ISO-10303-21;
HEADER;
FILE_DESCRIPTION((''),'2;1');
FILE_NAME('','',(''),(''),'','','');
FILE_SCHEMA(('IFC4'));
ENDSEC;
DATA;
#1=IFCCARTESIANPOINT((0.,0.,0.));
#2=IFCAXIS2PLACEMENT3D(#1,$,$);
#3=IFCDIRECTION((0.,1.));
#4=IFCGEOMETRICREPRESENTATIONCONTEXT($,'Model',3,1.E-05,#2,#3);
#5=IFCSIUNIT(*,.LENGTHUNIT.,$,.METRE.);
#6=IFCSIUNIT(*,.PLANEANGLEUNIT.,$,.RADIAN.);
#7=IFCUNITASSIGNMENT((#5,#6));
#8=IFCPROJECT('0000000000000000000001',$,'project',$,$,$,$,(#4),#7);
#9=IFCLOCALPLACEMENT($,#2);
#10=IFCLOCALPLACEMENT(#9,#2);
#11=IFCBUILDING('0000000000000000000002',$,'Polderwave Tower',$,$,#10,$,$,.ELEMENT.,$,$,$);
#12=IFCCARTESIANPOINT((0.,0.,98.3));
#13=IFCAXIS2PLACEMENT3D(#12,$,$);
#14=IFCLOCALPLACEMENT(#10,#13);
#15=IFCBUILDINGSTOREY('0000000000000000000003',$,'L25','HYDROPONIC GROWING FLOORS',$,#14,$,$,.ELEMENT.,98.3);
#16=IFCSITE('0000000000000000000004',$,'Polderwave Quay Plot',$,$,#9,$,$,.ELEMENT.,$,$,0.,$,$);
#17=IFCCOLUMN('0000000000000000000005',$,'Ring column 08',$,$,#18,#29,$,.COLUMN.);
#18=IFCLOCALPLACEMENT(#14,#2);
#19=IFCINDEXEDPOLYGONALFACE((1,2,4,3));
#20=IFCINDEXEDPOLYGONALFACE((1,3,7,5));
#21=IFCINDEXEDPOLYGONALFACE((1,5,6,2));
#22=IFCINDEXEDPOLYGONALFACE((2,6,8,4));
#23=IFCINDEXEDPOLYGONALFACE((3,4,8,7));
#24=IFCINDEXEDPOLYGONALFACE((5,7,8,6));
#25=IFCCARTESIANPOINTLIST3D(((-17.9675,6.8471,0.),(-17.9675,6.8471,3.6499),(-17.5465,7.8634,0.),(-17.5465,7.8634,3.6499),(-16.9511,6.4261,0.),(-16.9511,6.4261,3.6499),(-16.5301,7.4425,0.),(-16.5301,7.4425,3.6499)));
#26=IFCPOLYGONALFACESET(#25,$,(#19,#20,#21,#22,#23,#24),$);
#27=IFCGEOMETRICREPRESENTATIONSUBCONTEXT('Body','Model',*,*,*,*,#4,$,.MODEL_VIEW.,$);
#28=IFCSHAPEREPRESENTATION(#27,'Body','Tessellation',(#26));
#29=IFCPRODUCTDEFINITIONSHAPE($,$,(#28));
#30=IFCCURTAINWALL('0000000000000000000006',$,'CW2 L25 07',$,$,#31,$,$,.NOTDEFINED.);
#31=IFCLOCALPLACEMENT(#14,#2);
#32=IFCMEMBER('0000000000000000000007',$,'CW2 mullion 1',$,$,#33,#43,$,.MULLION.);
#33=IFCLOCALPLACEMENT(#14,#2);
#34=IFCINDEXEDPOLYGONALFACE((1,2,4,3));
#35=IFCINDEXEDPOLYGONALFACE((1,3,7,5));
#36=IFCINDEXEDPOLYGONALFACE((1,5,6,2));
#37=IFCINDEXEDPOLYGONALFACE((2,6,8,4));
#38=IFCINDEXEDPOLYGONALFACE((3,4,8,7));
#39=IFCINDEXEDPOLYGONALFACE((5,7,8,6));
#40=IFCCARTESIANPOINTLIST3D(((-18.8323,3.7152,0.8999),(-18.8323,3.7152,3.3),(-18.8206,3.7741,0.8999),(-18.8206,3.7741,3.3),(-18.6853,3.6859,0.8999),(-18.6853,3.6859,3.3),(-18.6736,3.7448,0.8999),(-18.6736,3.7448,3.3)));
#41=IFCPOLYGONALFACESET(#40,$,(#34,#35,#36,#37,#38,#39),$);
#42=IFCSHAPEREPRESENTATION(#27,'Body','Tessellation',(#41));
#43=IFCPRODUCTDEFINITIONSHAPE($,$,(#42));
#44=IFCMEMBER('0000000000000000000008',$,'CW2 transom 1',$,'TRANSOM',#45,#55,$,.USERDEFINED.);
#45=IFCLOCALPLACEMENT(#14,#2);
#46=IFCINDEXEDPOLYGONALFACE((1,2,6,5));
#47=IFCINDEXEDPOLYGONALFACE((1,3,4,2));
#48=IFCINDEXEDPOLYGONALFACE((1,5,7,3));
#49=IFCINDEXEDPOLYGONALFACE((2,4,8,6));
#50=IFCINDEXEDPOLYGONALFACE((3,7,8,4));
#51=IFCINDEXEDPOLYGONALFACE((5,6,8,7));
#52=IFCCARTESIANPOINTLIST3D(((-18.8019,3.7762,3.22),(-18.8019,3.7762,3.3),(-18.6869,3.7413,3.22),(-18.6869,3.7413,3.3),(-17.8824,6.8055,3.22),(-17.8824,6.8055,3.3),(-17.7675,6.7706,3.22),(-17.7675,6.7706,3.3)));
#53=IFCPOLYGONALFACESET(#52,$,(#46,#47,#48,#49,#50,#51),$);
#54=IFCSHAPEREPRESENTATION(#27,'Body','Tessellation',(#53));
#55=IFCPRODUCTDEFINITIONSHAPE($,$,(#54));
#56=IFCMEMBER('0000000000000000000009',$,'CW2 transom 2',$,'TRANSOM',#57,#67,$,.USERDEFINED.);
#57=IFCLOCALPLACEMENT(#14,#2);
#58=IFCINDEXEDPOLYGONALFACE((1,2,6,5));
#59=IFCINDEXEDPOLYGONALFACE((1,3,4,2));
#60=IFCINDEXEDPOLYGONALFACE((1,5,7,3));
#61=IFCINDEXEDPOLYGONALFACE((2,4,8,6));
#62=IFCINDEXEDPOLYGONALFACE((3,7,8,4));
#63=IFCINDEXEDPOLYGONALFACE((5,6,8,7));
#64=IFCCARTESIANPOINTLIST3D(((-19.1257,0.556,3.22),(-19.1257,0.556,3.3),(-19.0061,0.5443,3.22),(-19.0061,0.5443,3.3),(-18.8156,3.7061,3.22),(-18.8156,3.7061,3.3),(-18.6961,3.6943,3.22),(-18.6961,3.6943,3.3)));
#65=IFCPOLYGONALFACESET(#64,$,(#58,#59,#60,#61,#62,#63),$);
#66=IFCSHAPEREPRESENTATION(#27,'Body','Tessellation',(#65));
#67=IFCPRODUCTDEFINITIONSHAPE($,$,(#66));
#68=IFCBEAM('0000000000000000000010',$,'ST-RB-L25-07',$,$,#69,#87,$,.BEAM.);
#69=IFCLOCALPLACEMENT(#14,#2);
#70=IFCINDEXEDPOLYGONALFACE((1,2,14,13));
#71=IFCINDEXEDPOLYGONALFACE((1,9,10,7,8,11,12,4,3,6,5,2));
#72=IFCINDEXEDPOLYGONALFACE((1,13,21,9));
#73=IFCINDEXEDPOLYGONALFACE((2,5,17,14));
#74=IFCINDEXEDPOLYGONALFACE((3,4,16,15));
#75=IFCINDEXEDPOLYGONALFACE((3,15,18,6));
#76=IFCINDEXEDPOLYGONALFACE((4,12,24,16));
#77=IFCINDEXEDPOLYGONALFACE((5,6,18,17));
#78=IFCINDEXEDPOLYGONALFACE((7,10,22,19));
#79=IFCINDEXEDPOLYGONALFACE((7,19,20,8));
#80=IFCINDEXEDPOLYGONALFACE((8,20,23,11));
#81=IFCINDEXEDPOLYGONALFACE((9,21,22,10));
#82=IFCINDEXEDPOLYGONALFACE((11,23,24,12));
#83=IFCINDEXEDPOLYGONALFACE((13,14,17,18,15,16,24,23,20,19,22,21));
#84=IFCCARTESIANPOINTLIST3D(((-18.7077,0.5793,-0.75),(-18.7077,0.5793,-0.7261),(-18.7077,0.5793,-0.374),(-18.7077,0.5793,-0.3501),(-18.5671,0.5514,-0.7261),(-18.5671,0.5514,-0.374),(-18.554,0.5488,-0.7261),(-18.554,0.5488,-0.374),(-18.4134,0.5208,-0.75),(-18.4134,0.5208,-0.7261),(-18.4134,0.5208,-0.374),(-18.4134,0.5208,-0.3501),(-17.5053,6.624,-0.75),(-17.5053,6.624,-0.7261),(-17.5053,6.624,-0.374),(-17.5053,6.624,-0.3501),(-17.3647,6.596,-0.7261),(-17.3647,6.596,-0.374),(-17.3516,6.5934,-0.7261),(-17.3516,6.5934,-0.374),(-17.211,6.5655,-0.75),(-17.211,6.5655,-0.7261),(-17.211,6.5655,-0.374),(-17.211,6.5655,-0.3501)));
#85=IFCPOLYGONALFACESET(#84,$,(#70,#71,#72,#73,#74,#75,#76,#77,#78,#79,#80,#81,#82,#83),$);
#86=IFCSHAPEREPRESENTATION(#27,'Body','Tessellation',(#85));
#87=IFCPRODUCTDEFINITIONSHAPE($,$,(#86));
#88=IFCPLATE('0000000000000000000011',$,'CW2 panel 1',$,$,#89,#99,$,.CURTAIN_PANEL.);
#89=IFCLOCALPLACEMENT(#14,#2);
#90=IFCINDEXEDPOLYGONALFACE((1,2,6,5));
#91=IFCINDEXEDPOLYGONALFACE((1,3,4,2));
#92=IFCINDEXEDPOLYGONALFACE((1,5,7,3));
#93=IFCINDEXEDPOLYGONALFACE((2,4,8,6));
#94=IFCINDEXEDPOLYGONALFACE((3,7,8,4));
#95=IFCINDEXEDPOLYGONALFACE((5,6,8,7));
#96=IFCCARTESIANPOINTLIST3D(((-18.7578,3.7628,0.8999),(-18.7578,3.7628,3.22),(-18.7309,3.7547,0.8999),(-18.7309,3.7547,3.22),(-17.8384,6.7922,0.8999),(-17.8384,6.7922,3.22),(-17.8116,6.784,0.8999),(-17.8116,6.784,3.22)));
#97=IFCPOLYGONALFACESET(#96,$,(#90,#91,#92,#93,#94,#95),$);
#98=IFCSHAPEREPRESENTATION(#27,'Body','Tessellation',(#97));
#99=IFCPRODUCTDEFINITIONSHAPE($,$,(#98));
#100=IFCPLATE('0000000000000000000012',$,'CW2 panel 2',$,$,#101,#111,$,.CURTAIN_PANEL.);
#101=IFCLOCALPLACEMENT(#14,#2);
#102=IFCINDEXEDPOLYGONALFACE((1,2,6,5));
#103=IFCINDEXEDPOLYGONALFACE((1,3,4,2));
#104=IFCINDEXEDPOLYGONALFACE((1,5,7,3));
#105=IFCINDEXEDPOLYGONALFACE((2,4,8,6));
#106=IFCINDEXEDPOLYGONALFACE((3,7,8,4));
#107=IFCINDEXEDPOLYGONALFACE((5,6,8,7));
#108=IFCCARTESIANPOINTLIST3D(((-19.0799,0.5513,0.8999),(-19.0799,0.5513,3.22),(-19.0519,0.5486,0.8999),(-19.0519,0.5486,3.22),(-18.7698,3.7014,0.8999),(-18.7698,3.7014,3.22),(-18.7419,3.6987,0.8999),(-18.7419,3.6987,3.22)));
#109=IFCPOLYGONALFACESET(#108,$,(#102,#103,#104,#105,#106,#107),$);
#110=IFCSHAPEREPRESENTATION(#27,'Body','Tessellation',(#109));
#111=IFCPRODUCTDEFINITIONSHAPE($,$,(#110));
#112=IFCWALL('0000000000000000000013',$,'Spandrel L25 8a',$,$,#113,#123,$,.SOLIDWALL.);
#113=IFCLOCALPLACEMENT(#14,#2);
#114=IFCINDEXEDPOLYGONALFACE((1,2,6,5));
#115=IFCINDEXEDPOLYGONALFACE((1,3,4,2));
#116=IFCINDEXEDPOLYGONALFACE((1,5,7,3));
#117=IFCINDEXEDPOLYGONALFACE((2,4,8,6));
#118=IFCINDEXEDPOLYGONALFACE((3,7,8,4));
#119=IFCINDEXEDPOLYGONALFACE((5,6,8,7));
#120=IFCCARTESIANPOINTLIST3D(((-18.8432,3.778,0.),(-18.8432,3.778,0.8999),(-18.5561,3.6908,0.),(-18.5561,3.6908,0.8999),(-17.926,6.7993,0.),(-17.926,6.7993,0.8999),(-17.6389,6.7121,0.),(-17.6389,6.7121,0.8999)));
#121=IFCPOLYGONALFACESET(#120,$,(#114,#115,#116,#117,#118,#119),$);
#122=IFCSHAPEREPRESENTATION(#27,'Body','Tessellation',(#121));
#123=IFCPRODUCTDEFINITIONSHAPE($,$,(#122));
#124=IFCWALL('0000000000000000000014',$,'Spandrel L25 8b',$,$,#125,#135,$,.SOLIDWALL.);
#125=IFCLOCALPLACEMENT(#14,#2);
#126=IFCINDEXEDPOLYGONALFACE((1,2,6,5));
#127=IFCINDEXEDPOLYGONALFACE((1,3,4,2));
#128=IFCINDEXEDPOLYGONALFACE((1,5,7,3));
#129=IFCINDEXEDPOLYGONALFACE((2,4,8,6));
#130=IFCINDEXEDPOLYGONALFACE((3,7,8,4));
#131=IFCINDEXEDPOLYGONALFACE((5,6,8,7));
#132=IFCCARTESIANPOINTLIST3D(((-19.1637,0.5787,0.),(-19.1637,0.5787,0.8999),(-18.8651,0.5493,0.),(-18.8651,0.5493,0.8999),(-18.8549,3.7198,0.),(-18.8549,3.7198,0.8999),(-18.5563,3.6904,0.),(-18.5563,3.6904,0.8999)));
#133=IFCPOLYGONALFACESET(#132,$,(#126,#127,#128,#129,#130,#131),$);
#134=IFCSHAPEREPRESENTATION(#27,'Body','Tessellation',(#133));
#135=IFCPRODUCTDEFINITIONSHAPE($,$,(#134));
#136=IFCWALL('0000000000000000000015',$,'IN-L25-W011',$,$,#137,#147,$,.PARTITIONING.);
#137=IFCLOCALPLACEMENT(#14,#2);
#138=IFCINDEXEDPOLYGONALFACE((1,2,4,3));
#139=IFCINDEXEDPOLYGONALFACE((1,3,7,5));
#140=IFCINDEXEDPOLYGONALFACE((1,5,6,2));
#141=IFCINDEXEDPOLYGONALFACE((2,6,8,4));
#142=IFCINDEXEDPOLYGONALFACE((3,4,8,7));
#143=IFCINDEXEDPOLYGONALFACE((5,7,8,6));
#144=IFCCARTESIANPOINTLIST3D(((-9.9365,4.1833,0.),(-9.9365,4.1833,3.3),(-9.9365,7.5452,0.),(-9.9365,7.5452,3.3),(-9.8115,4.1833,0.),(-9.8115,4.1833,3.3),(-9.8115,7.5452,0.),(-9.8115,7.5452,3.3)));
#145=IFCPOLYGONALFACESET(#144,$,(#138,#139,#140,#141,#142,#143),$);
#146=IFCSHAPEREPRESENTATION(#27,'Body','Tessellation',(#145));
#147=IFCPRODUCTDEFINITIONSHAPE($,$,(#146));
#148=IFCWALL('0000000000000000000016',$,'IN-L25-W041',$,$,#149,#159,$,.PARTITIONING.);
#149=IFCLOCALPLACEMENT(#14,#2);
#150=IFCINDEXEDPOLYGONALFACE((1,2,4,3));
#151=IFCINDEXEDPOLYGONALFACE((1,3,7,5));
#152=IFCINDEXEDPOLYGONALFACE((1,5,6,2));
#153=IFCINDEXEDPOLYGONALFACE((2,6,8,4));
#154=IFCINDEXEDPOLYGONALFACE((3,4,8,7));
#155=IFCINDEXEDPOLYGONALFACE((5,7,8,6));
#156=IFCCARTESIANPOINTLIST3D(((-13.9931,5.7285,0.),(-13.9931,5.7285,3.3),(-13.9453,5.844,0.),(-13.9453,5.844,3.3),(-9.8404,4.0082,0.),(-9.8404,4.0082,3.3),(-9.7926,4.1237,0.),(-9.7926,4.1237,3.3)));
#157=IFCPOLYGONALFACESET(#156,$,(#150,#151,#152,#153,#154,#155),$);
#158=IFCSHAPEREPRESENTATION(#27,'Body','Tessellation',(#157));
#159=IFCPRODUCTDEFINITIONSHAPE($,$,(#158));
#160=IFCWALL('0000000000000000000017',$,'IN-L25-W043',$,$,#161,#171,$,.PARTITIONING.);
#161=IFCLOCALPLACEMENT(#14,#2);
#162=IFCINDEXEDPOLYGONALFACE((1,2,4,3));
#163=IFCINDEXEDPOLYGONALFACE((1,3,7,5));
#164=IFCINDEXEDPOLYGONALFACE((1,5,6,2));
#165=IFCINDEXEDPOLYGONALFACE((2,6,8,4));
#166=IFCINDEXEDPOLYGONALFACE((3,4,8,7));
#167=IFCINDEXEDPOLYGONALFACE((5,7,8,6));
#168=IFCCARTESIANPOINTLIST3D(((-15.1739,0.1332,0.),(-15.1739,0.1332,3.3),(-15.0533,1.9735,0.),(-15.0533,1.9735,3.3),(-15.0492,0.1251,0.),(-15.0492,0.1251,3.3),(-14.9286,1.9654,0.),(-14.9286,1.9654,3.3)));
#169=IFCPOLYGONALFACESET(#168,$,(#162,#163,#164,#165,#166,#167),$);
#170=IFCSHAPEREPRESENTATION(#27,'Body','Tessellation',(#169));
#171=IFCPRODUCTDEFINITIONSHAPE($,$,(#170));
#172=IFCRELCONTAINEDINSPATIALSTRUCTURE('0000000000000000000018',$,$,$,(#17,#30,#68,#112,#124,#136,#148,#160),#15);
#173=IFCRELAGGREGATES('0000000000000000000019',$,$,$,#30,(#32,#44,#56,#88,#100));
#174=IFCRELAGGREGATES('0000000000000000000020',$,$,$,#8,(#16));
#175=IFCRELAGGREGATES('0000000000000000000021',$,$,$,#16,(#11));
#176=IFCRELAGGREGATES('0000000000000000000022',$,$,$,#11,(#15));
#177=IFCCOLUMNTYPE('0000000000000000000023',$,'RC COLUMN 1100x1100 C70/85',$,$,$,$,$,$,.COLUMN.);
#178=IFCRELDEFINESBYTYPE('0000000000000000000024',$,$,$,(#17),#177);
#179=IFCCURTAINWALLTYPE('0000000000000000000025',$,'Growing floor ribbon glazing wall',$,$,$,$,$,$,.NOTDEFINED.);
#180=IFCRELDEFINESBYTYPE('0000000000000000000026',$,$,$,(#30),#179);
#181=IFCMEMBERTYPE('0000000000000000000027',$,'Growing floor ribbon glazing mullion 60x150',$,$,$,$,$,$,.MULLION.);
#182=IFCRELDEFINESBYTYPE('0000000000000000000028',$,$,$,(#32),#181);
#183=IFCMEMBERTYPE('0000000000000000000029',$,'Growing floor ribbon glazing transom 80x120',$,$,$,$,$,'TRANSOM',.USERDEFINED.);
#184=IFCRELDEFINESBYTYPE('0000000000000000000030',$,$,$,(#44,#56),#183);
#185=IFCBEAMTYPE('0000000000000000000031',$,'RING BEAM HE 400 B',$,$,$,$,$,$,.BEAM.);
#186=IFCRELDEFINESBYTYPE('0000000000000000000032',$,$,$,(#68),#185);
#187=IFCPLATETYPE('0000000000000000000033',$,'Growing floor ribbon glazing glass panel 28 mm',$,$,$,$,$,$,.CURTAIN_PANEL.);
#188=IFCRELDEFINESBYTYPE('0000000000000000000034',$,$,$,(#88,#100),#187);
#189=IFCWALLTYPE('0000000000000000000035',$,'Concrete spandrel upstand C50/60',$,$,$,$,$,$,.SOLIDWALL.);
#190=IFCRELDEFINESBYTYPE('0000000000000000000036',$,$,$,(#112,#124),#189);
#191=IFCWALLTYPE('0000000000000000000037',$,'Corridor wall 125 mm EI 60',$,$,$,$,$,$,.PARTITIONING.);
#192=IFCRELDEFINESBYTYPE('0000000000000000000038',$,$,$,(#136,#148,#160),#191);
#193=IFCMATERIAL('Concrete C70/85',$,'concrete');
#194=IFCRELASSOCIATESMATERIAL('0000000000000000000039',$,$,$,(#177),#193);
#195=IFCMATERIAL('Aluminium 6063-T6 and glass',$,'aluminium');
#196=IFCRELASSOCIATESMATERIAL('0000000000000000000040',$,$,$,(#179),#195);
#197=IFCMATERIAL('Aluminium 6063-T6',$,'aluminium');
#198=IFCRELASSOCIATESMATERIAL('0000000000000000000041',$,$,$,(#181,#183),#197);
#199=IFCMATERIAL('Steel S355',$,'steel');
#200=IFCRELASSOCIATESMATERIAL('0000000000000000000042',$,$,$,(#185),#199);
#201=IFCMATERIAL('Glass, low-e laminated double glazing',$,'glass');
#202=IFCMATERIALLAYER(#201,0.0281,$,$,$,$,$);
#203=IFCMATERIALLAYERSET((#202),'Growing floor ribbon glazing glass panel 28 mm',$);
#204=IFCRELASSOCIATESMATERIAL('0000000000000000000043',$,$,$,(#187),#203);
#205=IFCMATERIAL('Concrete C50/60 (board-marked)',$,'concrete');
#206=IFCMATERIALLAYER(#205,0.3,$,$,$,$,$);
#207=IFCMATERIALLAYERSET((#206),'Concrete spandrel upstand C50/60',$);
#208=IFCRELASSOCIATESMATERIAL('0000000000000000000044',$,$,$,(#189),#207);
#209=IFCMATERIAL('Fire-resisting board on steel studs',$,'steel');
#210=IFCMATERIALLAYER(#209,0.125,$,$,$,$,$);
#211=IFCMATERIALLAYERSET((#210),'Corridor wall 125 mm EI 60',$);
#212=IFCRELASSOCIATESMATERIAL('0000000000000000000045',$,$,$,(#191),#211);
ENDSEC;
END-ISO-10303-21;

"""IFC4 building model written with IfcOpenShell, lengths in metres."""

from ifc_helpers import new_model, si_unit, direction, frame, frame_2d, origin, origin_2d, place, context, subcontext, project, spatial, rectangle, i_section, extrude, material, layer, layer_set, material_profile, profile_set, type_object, element, aggregate, save


model = new_model("IFC4")

# Units and contexts
model_context = context("Model", 3, precision=1e-05, world=origin(), true_north=direction((0.0, 1.0)))
body_context = subcontext(model_context, "Body", "Model", "MODEL_VIEW")
ifc_project = project(units=[si_unit("LENGTHUNIT", "METRE"), si_unit("PLANEANGLEUNIT", "RADIAN")], contexts=[model_context])

# Site, building, storey
site_placement = place(None, origin())
site = spatial("IfcSite", under=ifc_project, at=site_placement, Name="Polderwave Quay Plot", CompositionType="ELEMENT", RefElevation=0.0)
building_placement = place(site_placement, origin())
building = spatial("IfcBuilding", under=site, at=building_placement, Name="Polderwave Tower", CompositionType="ELEMENT")
storey_placement = place(building_placement, frame((0.0, 0.0, 98.3)))
storey = spatial("IfcBuildingStorey", under=building, at=storey_placement, Name="L25", Description="HYDROPONIC GROWING FLOORS", CompositionType="ELEMENT", Elevation=98.3)

# Column
ifc_material_1 = material(Name="Concrete C70/85", Category="concrete")
ifc_material_profile_1 = material_profile(ifc_material_1, rectangle(XDim=1.1001, YDim=1.1001, at=origin_2d()), Name="RC 1100x1100")
ifc_profile_set_1 = profile_set([ifc_material_profile_1], Name="Concrete C70/85")
column_type = type_object("IfcColumnType", Name="RC COLUMN 1100x1100 C70/85", PredefinedType="COLUMN", material=ifc_profile_set_1)
column_placement = place(storey_placement, frame((-17.2488, 7.1448, 0.0), z_axis=(0.0, 0.0, 1.0), x_axis=(-0.92388, 0.382683, 0.0)))
element("IfcColumn", 1, at=column_placement, inside=storey, type_object=column_type, Name="Ring column 08", PredefinedType="COLUMN", context=body_context, shape_type="SweptSolid", body=[
    extrude(rectangle(XDim=1.1001, YDim=1.1001, at=origin_2d()), origin(), (0.0, 0.0, 1.0), 3.6499),
])

# Curtain wall, members
ifc_material_2 = material(Name="Aluminium 6063-T6 and glass", Category="aluminium")
curtain_wall_type = type_object("IfcCurtainWallType", Name="Growing floor ribbon glazing wall", PredefinedType="NOTDEFINED", material=ifc_material_2)
curtain_wall_placement = place(storey_placement, origin())
curtain_wall = element("IfcCurtainWall", 2, at=curtain_wall_placement, inside=storey, type_object=curtain_wall_type, Name="CW2 L25 07", PredefinedType="NOTDEFINED")
ifc_material_3 = material(Name="Aluminium 6063-T6", Category="aluminium")
ifc_material_profile_2 = material_profile(ifc_material_3, rectangle(XDim=0.1499, YDim=0.0601, at=origin_2d()), Name="AL 60x150")
ifc_profile_set_2 = profile_set([ifc_material_profile_2], Name="Aluminium 6063-T6")
member_type_1 = type_object("IfcMemberType", Name="Growing floor ribbon glazing mullion 60x150", PredefinedType="MULLION", material=ifc_profile_set_2)
member_1_placement = place(storey_placement, frame((-18.7529, 3.73, 0.8999), z_axis=(0.0, 0.0, 1.0), x_axis=(0.980781, -0.195113, 0.0)))
member_1 = element("IfcMember", 3, at=member_1_placement, type_object=member_type_1, Name="CW2 mullion 1", PredefinedType="MULLION", context=body_context, shape_type="SweptSolid", body=[
    extrude(rectangle(XDim=0.1499, YDim=0.0601, at=origin_2d()), origin(), (0.0, 0.0, 1.0), 2.4001),
])
ifc_material_profile_3 = material_profile(ifc_material_3, rectangle(XDim=0.1201, YDim=0.0801, at=origin_2d()), Name="AL 80x120")
ifc_profile_set_3 = profile_set([ifc_material_profile_3], Name="Aluminium 6063-T6")
member_type_2 = type_object("IfcMemberType", Name="Growing floor ribbon glazing transom 80x120", ElementType="TRANSOM", PredefinedType="USERDEFINED", material=ifc_profile_set_3)
member_2_placement = place(storey_placement, frame((-17.825, 6.7881, 3.26), z_axis=(-0.290431, -0.956896, 0.0), x_axis=(0.956896, -0.290431, 0.0)))
member_2 = element("IfcMember", 4, at=member_2_placement, type_object=member_type_2, Name="CW2 transom 1", ObjectType="TRANSOM", PredefinedType="USERDEFINED", context=body_context, shape_type="SweptSolid", body=[
    extrude(rectangle(XDim=0.1201, YDim=0.0801, at=origin_2d()), origin(), (0.0, 0.0, 1.0), 3.1658),
])
member_3_placement = place(storey_placement, frame((-18.7559, 3.7002, 3.26), z_axis=(-0.097953, -0.995191, 0.0), x_axis=(0.995191, -0.097953, 0.0)))
member_3 = element("IfcMember", 5, at=member_3_placement, type_object=member_type_2, Name="CW2 transom 2", ObjectType="TRANSOM", PredefinedType="USERDEFINED", context=body_context, shape_type="SweptSolid", body=[
    extrude(rectangle(XDim=0.1201, YDim=0.0801, at=origin_2d()), origin(), (0.0, 0.0, 1.0), 3.1653),
])

# Beam
ifc_material_4 = material(Name="Steel S355", Category="steel")
ifc_material_profile_4 = material_profile(ifc_material_4, i_section(OverallWidth=0.3, OverallDepth=0.3999, WebThickness=0.0134, FlangeThickness=0.0239, at=origin_2d()), Name="HE 400 B")
ifc_profile_set_4 = profile_set([ifc_material_profile_4], Name="Steel S355")
beam_type = type_object("IfcBeamType", Name="RING BEAM HE 400 B", PredefinedType="BEAM", material=ifc_profile_set_4)
beam_placement = place(storey_placement, frame((-17.3582, 6.5947, -0.55), z_axis=(-0.195095, -0.980784, 0.0), x_axis=(0.980784, -0.195095, 0.0)))
element("IfcBeam", 6, at=beam_placement, inside=storey, type_object=beam_type, Name="ST-RB-L25-07", PredefinedType="BEAM", context=body_context, shape_type="SweptSolid", body=[
    extrude(i_section(OverallWidth=0.3, OverallDepth=0.3999, WebThickness=0.0134, FlangeThickness=0.0239, at=origin_2d()), origin(), (0.0, 0.0, 1.0), 6.1631),
])

# Plates
ifc_material_5 = material(Name="Glass, low-e laminated double glazing", Category="glass")
ifc_layer_1 = layer(ifc_material_5, 0.0281)
ifc_layer_set_1 = layer_set([ifc_layer_1], Name="Growing floor ribbon glazing glass panel 28 mm")
plate_type = type_object("IfcPlateType", Name="Growing floor ribbon glazing glass panel 28 mm", PredefinedType="CURTAIN_PANEL", material=ifc_layer_set_1)
plate_1_placement = place(storey_placement, frame((-18.2847, 5.2734, 0.8999), z_axis=(0.0, 0.0, 1.0), x_axis=(-0.29039, -0.956908, 0.0)))
plate_1 = element("IfcPlate", 7, at=plate_1_placement, type_object=plate_type, Name="CW2 panel 1", PredefinedType="CURTAIN_PANEL", context=body_context, shape_type="SweptSolid", body=[
    extrude(rectangle(XDim=3.1658, YDim=0.0281, at=origin_2d()), origin(), (0.0, 0.0, 1.0), 2.3201),
])
plate_2_placement = place(storey_placement, frame((-18.9109, 2.125, 0.8999), z_axis=(0.0, 0.0, 1.0), x_axis=(-0.097955, -0.995191, 0.0)))
plate_2 = element("IfcPlate", 8, at=plate_2_placement, type_object=plate_type, Name="CW2 panel 2", PredefinedType="CURTAIN_PANEL", context=body_context, shape_type="SweptSolid", body=[
    extrude(rectangle(XDim=3.1653, YDim=0.0281, at=origin_2d()), origin(), (0.0, 0.0, 1.0), 2.3201),
])
aggregate(curtain_wall, [member_1, member_2, member_3, plate_1, plate_2])

# Walls
ifc_material_6 = material(Name="Concrete C50/60 (board-marked)", Category="concrete")
ifc_layer_2 = layer(ifc_material_6, 0.3)
ifc_layer_set_2 = layer_set([ifc_layer_2], Name="Concrete spandrel upstand C50/60")
wall_type_1 = type_object("IfcWallType", Name="Concrete spandrel upstand C50/60", PredefinedType="SOLIDWALL", material=ifc_layer_set_2)
wall_1_placement = place(storey_placement, frame((-17.7825, 6.7556, 0.0), z_axis=(0.0, 0.0, 1.0), x_axis=(-0.290503, -0.956874, 0.0)))
element("IfcWall", 9, at=wall_1_placement, inside=storey, type_object=wall_type_1, Name="Spandrel L25 8a", PredefinedType="SOLIDWALL", context=body_context, shape_type="SweptSolid", body=[
    extrude(rectangle(XDim=3.1575, YDim=0.3, at=frame_2d((1.5786, 0.0))), origin(), (0.0, 0.0, 1.0), 0.8999),
])
wall_2_placement = place(storey_placement, frame((-18.7056, 3.7051, 0.0), z_axis=(0.0, 0.0, 1.0), x_axis=(-0.097849, -0.995201, 0.0)))
element("IfcWall", 10, at=wall_2_placement, inside=storey, type_object=wall_type_1, Name="Spandrel L25 8b", PredefinedType="SOLIDWALL", context=body_context, shape_type="SweptSolid", body=[
    extrude(rectangle(XDim=3.1562, YDim=0.3, at=frame_2d((1.5781, 0.0))), origin(), (0.0, 0.0, 1.0), 0.8999),
])
ifc_material_7 = material(Name="Fire-resisting board on steel studs", Category="steel")
ifc_layer_3 = layer(ifc_material_7, 0.125)
ifc_layer_set_3 = layer_set([ifc_layer_3], Name="Corridor wall 125 mm EI 60")
wall_type_2 = type_object("IfcWallType", Name="Corridor wall 125 mm EI 60", PredefinedType="PARTITIONING", material=ifc_layer_set_3)
wall_3_placement = place(storey_placement, frame((-9.874, 4.1833, 0.0), z_axis=(0.0, 0.0, 1.0), x_axis=(0.0, 1.0, 0.0)))
element("IfcWall", 11, at=wall_3_placement, inside=storey, type_object=wall_type_2, Name="IN-L25-W011", PredefinedType="PARTITIONING", context=body_context, shape_type="SweptSolid", body=[
    extrude(rectangle(XDim=3.3618, YDim=0.125, at=frame_2d((1.6809, 0.0))), origin(), (0.0, 0.0, 1.0), 3.3),
])
wall_4_placement = place(storey_placement, frame((-9.8164, 4.0659, 0.0), z_axis=(0.0, 0.0, 1.0), x_axis=(-0.923867, 0.382713, 0.0)))
element("IfcWall", 12, at=wall_4_placement, inside=storey, type_object=wall_type_2, Name="IN-L25-W041", PredefinedType="PARTITIONING", context=body_context, shape_type="SweptSolid", body=[
    extrude(rectangle(XDim=4.4949, YDim=0.125, at=frame_2d((2.2476, 0.0))), origin(), (0.0, 0.0, 1.0), 3.3),
])
wall_5_placement = place(storey_placement, frame((-15.1116, 0.1292, 0.0), z_axis=(0.0, 0.0, 1.0), x_axis=(0.065394, 0.997859, 0.0)))
element("IfcWall", 13, at=wall_5_placement, inside=storey, type_object=wall_type_2, Name="IN-L25-W043", PredefinedType="PARTITIONING", context=body_context, shape_type="SweptSolid", body=[
    extrude(rectangle(XDim=1.8442, YDim=0.125, at=frame_2d((0.9221, 0.0))), origin(), (0.0, 0.0, 1.0), 3.3),
])

save(model, "model.ifc")
